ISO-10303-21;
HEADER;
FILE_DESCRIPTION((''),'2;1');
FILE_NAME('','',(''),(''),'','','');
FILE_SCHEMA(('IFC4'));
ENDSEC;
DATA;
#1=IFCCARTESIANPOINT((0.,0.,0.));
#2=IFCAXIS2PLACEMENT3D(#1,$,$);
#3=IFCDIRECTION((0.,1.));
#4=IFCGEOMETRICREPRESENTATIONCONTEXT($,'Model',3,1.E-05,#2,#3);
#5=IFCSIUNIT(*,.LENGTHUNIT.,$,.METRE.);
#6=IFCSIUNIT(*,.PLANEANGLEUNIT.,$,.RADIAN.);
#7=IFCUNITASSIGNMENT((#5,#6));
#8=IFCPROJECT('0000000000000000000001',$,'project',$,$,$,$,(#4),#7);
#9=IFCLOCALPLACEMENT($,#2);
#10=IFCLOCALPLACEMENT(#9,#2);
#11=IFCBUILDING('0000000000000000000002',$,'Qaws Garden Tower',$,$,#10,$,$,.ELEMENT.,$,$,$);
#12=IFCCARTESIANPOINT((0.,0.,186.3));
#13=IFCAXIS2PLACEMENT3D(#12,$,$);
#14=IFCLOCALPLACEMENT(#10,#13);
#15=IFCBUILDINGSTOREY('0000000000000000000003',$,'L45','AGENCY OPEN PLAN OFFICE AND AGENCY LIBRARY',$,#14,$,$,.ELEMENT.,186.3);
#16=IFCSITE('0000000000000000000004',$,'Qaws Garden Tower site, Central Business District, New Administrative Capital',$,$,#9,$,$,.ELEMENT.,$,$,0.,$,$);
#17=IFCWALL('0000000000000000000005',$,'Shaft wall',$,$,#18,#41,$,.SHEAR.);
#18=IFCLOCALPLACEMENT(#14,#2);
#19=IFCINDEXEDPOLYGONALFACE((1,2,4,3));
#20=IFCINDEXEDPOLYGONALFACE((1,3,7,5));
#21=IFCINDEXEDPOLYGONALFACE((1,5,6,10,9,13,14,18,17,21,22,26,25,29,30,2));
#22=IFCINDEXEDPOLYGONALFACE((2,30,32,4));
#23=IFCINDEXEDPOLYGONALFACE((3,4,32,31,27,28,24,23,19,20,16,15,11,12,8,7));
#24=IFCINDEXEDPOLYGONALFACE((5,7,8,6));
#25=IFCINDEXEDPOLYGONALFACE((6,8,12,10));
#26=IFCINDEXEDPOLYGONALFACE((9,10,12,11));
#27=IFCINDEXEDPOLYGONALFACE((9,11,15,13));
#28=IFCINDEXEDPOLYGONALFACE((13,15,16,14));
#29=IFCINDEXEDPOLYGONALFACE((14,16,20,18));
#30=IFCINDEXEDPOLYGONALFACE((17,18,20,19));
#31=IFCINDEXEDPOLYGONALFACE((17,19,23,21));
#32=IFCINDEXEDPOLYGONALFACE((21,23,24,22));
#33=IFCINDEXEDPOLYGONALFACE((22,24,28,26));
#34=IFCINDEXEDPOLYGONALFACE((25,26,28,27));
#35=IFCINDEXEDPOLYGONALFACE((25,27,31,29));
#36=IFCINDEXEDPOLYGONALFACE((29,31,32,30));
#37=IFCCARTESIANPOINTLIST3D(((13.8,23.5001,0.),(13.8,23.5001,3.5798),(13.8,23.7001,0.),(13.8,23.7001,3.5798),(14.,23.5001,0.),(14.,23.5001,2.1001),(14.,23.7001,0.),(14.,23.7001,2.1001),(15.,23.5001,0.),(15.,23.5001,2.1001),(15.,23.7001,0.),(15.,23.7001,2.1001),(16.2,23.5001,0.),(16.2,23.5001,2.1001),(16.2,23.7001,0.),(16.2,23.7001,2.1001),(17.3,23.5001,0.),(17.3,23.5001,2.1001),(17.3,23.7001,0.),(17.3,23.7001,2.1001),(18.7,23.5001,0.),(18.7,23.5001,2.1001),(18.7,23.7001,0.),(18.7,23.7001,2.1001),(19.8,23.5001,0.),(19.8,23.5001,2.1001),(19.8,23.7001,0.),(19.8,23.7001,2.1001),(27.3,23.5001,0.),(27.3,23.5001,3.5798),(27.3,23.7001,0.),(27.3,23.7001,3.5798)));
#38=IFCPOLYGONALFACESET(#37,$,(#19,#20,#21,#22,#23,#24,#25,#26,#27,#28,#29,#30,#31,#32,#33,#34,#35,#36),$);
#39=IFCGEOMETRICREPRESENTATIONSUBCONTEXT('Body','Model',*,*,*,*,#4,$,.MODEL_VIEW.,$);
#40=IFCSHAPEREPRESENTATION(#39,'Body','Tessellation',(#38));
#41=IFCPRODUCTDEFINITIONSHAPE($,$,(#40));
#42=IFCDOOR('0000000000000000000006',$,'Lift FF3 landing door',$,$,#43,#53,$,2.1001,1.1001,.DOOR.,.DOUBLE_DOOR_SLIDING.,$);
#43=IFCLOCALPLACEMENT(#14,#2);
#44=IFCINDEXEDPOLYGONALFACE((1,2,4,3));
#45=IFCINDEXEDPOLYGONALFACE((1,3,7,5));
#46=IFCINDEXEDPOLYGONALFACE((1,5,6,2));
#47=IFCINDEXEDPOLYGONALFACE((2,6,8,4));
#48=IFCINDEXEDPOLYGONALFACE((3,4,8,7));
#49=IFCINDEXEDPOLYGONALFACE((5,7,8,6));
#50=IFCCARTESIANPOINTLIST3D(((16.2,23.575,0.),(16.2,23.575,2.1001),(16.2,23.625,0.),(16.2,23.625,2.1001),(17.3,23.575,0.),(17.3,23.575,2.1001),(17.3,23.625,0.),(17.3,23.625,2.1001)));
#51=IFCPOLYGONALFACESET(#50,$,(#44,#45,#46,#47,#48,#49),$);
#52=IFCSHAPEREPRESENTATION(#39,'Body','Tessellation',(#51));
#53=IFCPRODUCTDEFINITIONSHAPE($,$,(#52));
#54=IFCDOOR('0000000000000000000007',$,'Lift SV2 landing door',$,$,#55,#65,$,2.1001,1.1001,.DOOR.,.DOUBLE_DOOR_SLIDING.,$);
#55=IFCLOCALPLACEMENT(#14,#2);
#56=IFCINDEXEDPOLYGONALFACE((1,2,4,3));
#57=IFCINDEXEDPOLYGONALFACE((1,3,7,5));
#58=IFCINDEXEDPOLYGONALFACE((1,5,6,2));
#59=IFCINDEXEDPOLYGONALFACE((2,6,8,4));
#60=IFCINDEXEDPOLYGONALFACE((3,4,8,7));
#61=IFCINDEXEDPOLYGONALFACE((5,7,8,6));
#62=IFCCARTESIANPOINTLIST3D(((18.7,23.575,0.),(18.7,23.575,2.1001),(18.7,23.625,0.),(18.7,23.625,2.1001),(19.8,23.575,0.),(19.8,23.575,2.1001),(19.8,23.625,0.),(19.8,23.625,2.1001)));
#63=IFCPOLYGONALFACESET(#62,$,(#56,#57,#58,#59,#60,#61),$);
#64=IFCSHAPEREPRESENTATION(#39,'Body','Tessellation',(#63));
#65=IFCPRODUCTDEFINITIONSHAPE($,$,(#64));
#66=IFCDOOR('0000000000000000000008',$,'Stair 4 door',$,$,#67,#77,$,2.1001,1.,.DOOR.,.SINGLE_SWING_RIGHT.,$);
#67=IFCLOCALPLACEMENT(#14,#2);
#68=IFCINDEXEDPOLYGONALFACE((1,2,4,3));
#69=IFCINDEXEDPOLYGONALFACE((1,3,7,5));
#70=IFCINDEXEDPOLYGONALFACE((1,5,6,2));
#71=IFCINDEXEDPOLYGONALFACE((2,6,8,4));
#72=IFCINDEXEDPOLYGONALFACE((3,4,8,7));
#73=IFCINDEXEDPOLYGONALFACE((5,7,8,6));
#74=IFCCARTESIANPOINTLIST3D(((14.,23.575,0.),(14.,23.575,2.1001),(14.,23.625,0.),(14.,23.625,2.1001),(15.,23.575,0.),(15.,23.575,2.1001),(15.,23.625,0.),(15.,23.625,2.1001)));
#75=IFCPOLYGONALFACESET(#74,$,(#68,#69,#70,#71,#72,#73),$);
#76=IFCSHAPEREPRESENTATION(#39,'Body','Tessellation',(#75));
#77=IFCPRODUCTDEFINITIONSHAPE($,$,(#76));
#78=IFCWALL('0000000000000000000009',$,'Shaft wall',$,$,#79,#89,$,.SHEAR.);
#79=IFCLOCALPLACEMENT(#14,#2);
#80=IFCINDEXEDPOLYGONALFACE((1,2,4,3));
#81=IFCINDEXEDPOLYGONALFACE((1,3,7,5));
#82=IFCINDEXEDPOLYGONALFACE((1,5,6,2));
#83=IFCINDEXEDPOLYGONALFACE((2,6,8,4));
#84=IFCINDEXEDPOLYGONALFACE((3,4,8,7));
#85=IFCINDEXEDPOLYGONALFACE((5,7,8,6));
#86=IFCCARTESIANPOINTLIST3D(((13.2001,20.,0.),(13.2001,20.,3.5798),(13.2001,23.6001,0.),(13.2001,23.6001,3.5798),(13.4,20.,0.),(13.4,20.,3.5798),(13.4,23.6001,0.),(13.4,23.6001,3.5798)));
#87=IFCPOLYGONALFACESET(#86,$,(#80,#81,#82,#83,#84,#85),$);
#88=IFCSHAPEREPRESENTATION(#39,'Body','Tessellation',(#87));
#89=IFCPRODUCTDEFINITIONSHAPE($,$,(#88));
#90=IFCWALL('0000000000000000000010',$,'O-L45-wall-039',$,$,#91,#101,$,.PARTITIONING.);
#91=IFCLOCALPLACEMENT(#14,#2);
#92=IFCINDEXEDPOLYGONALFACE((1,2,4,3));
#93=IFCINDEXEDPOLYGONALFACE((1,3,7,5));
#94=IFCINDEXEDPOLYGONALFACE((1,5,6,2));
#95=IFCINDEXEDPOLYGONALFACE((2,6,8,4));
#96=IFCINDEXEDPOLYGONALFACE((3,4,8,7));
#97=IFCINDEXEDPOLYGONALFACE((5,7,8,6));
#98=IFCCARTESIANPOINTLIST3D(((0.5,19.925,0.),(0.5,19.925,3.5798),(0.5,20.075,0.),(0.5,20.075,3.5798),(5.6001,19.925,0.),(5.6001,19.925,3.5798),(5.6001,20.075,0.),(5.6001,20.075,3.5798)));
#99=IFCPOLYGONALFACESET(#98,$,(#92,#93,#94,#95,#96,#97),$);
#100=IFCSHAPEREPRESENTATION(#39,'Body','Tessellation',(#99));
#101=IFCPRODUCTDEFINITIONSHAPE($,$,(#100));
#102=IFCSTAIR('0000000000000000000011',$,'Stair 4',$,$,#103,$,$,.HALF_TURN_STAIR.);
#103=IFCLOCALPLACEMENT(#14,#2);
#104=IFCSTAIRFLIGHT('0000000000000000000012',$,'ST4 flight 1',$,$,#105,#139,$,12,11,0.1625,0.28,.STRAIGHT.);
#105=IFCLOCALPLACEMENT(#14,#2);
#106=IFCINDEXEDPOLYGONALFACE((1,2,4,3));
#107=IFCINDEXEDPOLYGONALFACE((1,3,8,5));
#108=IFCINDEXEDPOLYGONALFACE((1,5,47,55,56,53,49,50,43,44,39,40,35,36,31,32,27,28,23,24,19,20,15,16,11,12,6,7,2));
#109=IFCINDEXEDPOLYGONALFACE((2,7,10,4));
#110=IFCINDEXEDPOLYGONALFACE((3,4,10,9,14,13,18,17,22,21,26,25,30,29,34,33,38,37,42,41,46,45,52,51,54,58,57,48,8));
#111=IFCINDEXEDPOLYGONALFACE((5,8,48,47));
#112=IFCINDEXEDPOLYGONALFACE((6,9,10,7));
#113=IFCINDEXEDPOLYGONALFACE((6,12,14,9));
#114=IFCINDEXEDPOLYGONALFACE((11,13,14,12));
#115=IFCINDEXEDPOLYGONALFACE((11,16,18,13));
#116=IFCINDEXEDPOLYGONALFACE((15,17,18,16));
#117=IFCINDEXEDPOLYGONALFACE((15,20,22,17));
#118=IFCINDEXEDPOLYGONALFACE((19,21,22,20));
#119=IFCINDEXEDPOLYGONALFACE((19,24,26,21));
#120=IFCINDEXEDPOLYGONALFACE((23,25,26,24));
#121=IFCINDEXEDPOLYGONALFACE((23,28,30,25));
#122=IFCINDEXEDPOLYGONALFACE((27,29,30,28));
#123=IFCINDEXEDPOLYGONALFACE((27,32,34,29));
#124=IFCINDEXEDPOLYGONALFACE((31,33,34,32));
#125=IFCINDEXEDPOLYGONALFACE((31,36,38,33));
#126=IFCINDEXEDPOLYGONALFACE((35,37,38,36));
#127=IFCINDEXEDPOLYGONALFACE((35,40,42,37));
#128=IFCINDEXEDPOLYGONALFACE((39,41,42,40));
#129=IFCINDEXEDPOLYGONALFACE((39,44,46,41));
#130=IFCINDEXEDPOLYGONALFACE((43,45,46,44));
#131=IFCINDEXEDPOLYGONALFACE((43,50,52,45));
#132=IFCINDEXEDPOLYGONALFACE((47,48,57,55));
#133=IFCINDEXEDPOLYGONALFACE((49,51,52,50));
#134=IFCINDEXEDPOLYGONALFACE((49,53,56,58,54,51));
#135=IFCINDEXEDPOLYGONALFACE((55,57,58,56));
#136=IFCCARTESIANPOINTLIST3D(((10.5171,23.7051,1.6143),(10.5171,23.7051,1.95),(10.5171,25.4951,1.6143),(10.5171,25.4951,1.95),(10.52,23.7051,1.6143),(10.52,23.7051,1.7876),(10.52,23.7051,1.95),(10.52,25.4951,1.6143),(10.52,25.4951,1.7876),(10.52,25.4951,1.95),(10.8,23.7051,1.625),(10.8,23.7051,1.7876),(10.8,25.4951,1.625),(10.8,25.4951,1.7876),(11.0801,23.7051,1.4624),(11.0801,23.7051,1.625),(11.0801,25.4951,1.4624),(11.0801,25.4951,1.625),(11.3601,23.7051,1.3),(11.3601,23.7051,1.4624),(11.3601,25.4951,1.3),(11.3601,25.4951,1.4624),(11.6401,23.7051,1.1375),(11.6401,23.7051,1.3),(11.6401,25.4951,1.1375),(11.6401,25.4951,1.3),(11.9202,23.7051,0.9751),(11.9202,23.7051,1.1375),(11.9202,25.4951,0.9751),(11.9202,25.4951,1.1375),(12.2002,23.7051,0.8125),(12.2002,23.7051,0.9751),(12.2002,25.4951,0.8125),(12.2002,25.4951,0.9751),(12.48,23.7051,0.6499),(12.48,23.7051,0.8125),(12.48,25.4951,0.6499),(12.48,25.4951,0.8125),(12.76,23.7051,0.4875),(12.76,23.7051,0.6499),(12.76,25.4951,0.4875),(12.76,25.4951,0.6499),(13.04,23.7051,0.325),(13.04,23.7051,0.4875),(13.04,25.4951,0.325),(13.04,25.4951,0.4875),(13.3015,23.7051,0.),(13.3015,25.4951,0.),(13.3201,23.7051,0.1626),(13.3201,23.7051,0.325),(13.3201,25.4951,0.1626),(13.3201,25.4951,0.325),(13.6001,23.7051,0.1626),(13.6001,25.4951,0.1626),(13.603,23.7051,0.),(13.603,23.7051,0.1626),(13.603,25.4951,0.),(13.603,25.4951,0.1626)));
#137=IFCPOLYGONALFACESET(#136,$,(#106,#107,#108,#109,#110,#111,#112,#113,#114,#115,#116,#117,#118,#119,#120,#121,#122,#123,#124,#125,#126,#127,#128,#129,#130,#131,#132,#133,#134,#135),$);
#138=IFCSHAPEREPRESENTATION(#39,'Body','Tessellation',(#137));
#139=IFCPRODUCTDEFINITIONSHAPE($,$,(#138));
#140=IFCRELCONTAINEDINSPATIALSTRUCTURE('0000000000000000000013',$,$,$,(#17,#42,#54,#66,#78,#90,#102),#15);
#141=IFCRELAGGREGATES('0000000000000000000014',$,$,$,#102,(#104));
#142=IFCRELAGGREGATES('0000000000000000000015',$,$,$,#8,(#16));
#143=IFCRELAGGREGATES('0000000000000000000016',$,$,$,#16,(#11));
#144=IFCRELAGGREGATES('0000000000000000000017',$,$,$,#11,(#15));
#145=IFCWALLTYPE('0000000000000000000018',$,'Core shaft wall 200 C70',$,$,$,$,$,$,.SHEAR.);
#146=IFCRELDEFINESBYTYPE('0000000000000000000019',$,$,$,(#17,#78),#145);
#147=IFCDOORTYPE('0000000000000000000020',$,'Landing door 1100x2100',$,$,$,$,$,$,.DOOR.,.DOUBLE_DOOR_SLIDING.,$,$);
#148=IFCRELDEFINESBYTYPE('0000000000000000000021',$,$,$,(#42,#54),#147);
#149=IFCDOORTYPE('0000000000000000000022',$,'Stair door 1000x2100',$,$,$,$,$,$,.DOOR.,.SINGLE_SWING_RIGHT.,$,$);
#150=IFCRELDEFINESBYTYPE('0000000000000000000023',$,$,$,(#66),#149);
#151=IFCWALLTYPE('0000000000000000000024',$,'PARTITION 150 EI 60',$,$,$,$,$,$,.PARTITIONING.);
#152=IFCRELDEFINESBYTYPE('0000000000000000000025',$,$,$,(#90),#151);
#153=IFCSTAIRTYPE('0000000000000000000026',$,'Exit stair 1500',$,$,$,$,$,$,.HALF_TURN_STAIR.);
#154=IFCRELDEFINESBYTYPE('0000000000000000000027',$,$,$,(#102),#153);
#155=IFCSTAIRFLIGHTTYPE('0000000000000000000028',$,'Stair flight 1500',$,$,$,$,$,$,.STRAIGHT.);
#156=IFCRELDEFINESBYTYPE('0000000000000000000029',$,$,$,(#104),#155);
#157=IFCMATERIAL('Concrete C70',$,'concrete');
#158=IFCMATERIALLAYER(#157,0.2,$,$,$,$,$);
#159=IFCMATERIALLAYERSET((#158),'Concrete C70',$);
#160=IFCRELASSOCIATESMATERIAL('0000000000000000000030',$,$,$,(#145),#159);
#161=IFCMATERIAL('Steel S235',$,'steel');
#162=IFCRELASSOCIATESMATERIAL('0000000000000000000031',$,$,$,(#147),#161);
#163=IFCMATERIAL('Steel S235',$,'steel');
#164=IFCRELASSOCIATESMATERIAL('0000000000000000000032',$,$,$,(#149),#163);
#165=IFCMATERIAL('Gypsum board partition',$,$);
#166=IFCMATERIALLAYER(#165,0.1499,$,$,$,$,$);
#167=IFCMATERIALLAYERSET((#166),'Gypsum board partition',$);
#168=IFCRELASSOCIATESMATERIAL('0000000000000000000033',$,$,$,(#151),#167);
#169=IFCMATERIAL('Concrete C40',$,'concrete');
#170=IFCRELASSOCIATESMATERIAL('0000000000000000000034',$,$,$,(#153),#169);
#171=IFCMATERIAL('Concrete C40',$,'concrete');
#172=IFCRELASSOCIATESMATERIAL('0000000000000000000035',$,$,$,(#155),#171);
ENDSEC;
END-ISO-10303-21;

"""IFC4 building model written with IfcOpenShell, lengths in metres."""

from ifc_helpers import new_model, si_unit, direction, frame, frame_2d, origin, place, context, subcontext, project, spatial, polyline, rectangle, outline, extrude, material, layer, layer_set, type_object, element, fill, aggregate, save


model = new_model("IFC4")

# Units and contexts
model_context = context("Model", 3, precision=1e-05, world=origin(), true_north=direction((0.0, 1.0)))
body_context = subcontext(model_context, "Body", "Model", "MODEL_VIEW")
ifc_project = project(units=[si_unit("LENGTHUNIT", "METRE"), si_unit("PLANEANGLEUNIT", "RADIAN")], contexts=[model_context])

# Site, building, storey
site_placement = place(None, origin())
site = spatial("IfcSite", under=ifc_project, at=site_placement, Name="Qaws Garden Tower site, Central Business District, New Administrative Capital", CompositionType="ELEMENT", RefElevation=0.0)
building_placement = place(site_placement, origin())
building = spatial("IfcBuilding", under=site, at=building_placement, Name="Qaws Garden Tower", CompositionType="ELEMENT")
storey_placement = place(building_placement, frame((0.0, 0.0, 186.3)))
storey = spatial("IfcBuildingStorey", under=building, at=storey_placement, Name="L45", Description="AGENCY OPEN PLAN OFFICE AND AGENCY LIBRARY", CompositionType="ELEMENT", Elevation=186.3)

# Shared definitions
ifc_material_1 = material(Name="Concrete C70", Category="concrete")
ifc_layer_1 = layer(ifc_material_1, 0.2)
ifc_layer_set_1 = layer_set([ifc_layer_1], Name="Concrete C70")
wall_type_1 = type_object("IfcWallType", Name="Core shaft wall 200 C70", PredefinedType="SHEAR", material=ifc_layer_set_1)

# Wall, openings, doors
wall_1_placement = place(storey_placement, frame((13.8, 23.6001, 0.0), z_axis=(0.0, 0.0, 1.0), x_axis=(1.0, 0.0, 0.0)))
wall_1 = element("IfcWall", 1, at=wall_1_placement, inside=storey, type_object=wall_type_1, Name="Shaft wall", PredefinedType="SHEAR", context=body_context, shape_type="SweptSolid", body=[
    extrude(rectangle(XDim=13.5, YDim=0.2, at=frame_2d((6.75, 0.0))), origin(), (0.0, 0.0, 1.0), 3.5798),
])
opening_1_placement = place(wall_1_placement, frame((2.3999, 0.0, 0.0)))
opening_1 = element("IfcOpeningElement", 2, at=opening_1_placement, cuts=wall_1, PredefinedType="OPENING", context=body_context, shape_type="SweptSolid", body=[
    extrude(rectangle(XDim=1.1001, YDim=2.1001, at=frame_2d((0.55, 1.05))), frame((0.0, 0.1099, 0.0), z_axis=(0.0, -1.0, 0.0), x_axis=(1.0, 0.0, 0.0)), (0.0, 0.0, 1.0), 0.22),
])
opening_2_placement = place(wall_1_placement, frame((4.8999, 0.0, 0.0)))
opening_2 = element("IfcOpeningElement", 3, at=opening_2_placement, cuts=wall_1, PredefinedType="OPENING", context=body_context, shape_type="SweptSolid", body=[
    extrude(rectangle(XDim=1.1001, YDim=2.1001, at=frame_2d((0.55, 1.05))), frame((0.0, 0.1099, 0.0), z_axis=(0.0, -1.0, 0.0), x_axis=(1.0, 0.0, 0.0)), (0.0, 0.0, 1.0), 0.22),
])
opening_3_placement = place(wall_1_placement, frame((0.2, 0.0, 0.0)))
opening_3 = element("IfcOpeningElement", 4, at=opening_3_placement, cuts=wall_1, PredefinedType="OPENING", context=body_context, shape_type="SweptSolid", body=[
    extrude(rectangle(XDim=1.0, YDim=2.1001, at=frame_2d((0.5, 1.05))), frame((0.0, 0.1099, 0.0), z_axis=(0.0, -1.0, 0.0), x_axis=(1.0, 0.0, 0.0)), (0.0, 0.0, 1.0), 0.22),
])
ifc_material_2 = material(Name="Steel S235", Category="steel")
door_type_1 = type_object("IfcDoorType", Name="Landing door 1100x2100", OperationType="DOUBLE_DOOR_SLIDING", PredefinedType="DOOR", material=ifc_material_2)
door_1_placement = place(opening_1_placement, origin())
door_1 = element("IfcDoor", 5, at=door_1_placement, inside=storey, type_object=door_type_1, Name="Lift FF3 landing door", OperationType="DOUBLE_DOOR_SLIDING", OverallHeight=2.1001, OverallWidth=1.1001, PredefinedType="DOOR", context=body_context, shape_type="SweptSolid", body=[
    extrude(rectangle(XDim=1.1001, YDim=2.1001, at=frame_2d((0.55, 1.05))), frame((0.0, 0.0249, 0.0), z_axis=(0.0, -1.0, 0.0), x_axis=(1.0, 0.0, 0.0)), (0.0, 0.0, 1.0), 0.05),
])
fill(opening_1, door_1)
door_2_placement = place(opening_2_placement, origin())
door_2 = element("IfcDoor", 6, at=door_2_placement, inside=storey, type_object=door_type_1, Name="Lift SV2 landing door", OperationType="DOUBLE_DOOR_SLIDING", OverallHeight=2.1001, OverallWidth=1.1001, PredefinedType="DOOR", context=body_context, shape_type="SweptSolid", body=[
    extrude(rectangle(XDim=1.1001, YDim=2.1001, at=frame_2d((0.55, 1.05))), frame((0.0, 0.0249, 0.0), z_axis=(0.0, -1.0, 0.0), x_axis=(1.0, 0.0, 0.0)), (0.0, 0.0, 1.0), 0.05),
])
fill(opening_2, door_2)
ifc_material_3 = material(Name="Steel S235", Category="steel")
door_type_2 = type_object("IfcDoorType", Name="Stair door 1000x2100", OperationType="SINGLE_SWING_RIGHT", PredefinedType="DOOR", material=ifc_material_3)
door_3_placement = place(opening_3_placement, origin())
door_3 = element("IfcDoor", 7, at=door_3_placement, inside=storey, type_object=door_type_2, Name="Stair 4 door", OperationType="SINGLE_SWING_RIGHT", OverallHeight=2.1001, OverallWidth=1.0, PredefinedType="DOOR", context=body_context, shape_type="SweptSolid", body=[
    extrude(rectangle(XDim=1.0, YDim=2.1001, at=frame_2d((0.5, 1.05))), frame((0.0, 0.0249, 0.0), z_axis=(0.0, -1.0, 0.0), x_axis=(1.0, 0.0, 0.0)), (0.0, 0.0, 1.0), 0.05),
])
fill(opening_3, door_3)

# Walls
wall_2_placement = place(storey_placement, frame((13.3, 20.0, 0.0), z_axis=(0.0, 0.0, 1.0), x_axis=(0.0, 1.0, 0.0)))
element("IfcWall", 8, at=wall_2_placement, inside=storey, type_object=wall_type_1, Name="Shaft wall", PredefinedType="SHEAR", context=body_context, shape_type="SweptSolid", body=[
    extrude(rectangle(XDim=3.6001, YDim=0.2, at=frame_2d((1.8, 0.0))), origin(), (0.0, 0.0, 1.0), 3.5798),
])
ifc_material_4 = material(Name="Gypsum board partition")
ifc_layer_2 = layer(ifc_material_4, 0.1499)
ifc_layer_set_2 = layer_set([ifc_layer_2], Name="Gypsum board partition")
wall_type_2 = type_object("IfcWallType", Name="PARTITION 150 EI 60", PredefinedType="PARTITIONING", material=ifc_layer_set_2)
wall_3_placement = place(storey_placement, frame((0.5, 20.0, 0.0), z_axis=(0.0, 0.0, 1.0), x_axis=(1.0, 0.0, 0.0)))
element("IfcWall", 9, at=wall_3_placement, inside=storey, type_object=wall_type_2, Name="O-L45-wall-039", PredefinedType="PARTITIONING", context=body_context, shape_type="SweptSolid", body=[
    extrude(rectangle(XDim=5.1001, YDim=0.1499, at=frame_2d((2.55, 0.0))), origin(), (0.0, 0.0, 1.0), 3.5798),
])

# Stair, stair flight
ifc_material_5 = material(Name="Concrete C40", Category="concrete")
stair_type = type_object("IfcStairType", Name="Exit stair 1500", PredefinedType="HALF_TURN_STAIR", material=ifc_material_5)
stair_placement = place(storey_placement, origin())
stair = element("IfcStair", 10, at=stair_placement, inside=storey, type_object=stair_type, Name="Stair 4", PredefinedType="HALF_TURN_STAIR")
ifc_material_6 = material(Name="Concrete C40", Category="concrete")
stair_flight_type = type_object("IfcStairFlightType", Name="Stair flight 1500", PredefinedType="STRAIGHT", material=ifc_material_6)
stair_flight_placement = place(storey_placement, frame((13.6001, 24.6001, 0.0), z_axis=(0.0, 0.0, 1.0), x_axis=(-1.0, 0.0, 0.0)))
stair_flight = element("IfcStairFlight", 11, at=stair_flight_placement, type_object=stair_flight_type, Name="ST4 flight 1", NumberOfRisers=12, NumberOfTreads=11, PredefinedType="STRAIGHT", RiserHeight=0.1625, TreadLength=0.28, context=body_context, shape_type="SweptSolid", body=[
    extrude(outline(polyline([(-0.0029, 0.0), (-0.0029, 0.1626), (0.0, 0.1626), (0.28, 0.1626), (0.28, 0.325), (0.5601, 0.325), (0.5601, 0.4875), (0.8401, 0.4875), (0.8401, 0.6499), (1.1201, 0.6499), (1.1201, 0.8125), (1.3999, 0.8125), (1.3999, 0.9751), (1.6799, 0.9751), (1.6799, 1.1375), (1.96, 1.1375), (1.96, 1.3), (2.24, 1.3), (2.24, 1.4624), (2.52, 1.4624), (2.52, 1.625), (2.8, 1.625), (2.8, 1.7876), (3.0801, 1.7876), (3.0801, 1.95), (3.083, 1.95), (3.083, 1.6143), (3.0801, 1.6143), (0.2986, 0.0), (-0.0029, 0.0)])), frame((0.0, 0.895, 0.0), z_axis=(0.0, -1.0, 0.0), x_axis=(1.0, 0.0, 0.0)), (0.0, 0.0, 1.0), 1.79),
])
aggregate(stair, [stair_flight])

save(model, "model.ifc")
